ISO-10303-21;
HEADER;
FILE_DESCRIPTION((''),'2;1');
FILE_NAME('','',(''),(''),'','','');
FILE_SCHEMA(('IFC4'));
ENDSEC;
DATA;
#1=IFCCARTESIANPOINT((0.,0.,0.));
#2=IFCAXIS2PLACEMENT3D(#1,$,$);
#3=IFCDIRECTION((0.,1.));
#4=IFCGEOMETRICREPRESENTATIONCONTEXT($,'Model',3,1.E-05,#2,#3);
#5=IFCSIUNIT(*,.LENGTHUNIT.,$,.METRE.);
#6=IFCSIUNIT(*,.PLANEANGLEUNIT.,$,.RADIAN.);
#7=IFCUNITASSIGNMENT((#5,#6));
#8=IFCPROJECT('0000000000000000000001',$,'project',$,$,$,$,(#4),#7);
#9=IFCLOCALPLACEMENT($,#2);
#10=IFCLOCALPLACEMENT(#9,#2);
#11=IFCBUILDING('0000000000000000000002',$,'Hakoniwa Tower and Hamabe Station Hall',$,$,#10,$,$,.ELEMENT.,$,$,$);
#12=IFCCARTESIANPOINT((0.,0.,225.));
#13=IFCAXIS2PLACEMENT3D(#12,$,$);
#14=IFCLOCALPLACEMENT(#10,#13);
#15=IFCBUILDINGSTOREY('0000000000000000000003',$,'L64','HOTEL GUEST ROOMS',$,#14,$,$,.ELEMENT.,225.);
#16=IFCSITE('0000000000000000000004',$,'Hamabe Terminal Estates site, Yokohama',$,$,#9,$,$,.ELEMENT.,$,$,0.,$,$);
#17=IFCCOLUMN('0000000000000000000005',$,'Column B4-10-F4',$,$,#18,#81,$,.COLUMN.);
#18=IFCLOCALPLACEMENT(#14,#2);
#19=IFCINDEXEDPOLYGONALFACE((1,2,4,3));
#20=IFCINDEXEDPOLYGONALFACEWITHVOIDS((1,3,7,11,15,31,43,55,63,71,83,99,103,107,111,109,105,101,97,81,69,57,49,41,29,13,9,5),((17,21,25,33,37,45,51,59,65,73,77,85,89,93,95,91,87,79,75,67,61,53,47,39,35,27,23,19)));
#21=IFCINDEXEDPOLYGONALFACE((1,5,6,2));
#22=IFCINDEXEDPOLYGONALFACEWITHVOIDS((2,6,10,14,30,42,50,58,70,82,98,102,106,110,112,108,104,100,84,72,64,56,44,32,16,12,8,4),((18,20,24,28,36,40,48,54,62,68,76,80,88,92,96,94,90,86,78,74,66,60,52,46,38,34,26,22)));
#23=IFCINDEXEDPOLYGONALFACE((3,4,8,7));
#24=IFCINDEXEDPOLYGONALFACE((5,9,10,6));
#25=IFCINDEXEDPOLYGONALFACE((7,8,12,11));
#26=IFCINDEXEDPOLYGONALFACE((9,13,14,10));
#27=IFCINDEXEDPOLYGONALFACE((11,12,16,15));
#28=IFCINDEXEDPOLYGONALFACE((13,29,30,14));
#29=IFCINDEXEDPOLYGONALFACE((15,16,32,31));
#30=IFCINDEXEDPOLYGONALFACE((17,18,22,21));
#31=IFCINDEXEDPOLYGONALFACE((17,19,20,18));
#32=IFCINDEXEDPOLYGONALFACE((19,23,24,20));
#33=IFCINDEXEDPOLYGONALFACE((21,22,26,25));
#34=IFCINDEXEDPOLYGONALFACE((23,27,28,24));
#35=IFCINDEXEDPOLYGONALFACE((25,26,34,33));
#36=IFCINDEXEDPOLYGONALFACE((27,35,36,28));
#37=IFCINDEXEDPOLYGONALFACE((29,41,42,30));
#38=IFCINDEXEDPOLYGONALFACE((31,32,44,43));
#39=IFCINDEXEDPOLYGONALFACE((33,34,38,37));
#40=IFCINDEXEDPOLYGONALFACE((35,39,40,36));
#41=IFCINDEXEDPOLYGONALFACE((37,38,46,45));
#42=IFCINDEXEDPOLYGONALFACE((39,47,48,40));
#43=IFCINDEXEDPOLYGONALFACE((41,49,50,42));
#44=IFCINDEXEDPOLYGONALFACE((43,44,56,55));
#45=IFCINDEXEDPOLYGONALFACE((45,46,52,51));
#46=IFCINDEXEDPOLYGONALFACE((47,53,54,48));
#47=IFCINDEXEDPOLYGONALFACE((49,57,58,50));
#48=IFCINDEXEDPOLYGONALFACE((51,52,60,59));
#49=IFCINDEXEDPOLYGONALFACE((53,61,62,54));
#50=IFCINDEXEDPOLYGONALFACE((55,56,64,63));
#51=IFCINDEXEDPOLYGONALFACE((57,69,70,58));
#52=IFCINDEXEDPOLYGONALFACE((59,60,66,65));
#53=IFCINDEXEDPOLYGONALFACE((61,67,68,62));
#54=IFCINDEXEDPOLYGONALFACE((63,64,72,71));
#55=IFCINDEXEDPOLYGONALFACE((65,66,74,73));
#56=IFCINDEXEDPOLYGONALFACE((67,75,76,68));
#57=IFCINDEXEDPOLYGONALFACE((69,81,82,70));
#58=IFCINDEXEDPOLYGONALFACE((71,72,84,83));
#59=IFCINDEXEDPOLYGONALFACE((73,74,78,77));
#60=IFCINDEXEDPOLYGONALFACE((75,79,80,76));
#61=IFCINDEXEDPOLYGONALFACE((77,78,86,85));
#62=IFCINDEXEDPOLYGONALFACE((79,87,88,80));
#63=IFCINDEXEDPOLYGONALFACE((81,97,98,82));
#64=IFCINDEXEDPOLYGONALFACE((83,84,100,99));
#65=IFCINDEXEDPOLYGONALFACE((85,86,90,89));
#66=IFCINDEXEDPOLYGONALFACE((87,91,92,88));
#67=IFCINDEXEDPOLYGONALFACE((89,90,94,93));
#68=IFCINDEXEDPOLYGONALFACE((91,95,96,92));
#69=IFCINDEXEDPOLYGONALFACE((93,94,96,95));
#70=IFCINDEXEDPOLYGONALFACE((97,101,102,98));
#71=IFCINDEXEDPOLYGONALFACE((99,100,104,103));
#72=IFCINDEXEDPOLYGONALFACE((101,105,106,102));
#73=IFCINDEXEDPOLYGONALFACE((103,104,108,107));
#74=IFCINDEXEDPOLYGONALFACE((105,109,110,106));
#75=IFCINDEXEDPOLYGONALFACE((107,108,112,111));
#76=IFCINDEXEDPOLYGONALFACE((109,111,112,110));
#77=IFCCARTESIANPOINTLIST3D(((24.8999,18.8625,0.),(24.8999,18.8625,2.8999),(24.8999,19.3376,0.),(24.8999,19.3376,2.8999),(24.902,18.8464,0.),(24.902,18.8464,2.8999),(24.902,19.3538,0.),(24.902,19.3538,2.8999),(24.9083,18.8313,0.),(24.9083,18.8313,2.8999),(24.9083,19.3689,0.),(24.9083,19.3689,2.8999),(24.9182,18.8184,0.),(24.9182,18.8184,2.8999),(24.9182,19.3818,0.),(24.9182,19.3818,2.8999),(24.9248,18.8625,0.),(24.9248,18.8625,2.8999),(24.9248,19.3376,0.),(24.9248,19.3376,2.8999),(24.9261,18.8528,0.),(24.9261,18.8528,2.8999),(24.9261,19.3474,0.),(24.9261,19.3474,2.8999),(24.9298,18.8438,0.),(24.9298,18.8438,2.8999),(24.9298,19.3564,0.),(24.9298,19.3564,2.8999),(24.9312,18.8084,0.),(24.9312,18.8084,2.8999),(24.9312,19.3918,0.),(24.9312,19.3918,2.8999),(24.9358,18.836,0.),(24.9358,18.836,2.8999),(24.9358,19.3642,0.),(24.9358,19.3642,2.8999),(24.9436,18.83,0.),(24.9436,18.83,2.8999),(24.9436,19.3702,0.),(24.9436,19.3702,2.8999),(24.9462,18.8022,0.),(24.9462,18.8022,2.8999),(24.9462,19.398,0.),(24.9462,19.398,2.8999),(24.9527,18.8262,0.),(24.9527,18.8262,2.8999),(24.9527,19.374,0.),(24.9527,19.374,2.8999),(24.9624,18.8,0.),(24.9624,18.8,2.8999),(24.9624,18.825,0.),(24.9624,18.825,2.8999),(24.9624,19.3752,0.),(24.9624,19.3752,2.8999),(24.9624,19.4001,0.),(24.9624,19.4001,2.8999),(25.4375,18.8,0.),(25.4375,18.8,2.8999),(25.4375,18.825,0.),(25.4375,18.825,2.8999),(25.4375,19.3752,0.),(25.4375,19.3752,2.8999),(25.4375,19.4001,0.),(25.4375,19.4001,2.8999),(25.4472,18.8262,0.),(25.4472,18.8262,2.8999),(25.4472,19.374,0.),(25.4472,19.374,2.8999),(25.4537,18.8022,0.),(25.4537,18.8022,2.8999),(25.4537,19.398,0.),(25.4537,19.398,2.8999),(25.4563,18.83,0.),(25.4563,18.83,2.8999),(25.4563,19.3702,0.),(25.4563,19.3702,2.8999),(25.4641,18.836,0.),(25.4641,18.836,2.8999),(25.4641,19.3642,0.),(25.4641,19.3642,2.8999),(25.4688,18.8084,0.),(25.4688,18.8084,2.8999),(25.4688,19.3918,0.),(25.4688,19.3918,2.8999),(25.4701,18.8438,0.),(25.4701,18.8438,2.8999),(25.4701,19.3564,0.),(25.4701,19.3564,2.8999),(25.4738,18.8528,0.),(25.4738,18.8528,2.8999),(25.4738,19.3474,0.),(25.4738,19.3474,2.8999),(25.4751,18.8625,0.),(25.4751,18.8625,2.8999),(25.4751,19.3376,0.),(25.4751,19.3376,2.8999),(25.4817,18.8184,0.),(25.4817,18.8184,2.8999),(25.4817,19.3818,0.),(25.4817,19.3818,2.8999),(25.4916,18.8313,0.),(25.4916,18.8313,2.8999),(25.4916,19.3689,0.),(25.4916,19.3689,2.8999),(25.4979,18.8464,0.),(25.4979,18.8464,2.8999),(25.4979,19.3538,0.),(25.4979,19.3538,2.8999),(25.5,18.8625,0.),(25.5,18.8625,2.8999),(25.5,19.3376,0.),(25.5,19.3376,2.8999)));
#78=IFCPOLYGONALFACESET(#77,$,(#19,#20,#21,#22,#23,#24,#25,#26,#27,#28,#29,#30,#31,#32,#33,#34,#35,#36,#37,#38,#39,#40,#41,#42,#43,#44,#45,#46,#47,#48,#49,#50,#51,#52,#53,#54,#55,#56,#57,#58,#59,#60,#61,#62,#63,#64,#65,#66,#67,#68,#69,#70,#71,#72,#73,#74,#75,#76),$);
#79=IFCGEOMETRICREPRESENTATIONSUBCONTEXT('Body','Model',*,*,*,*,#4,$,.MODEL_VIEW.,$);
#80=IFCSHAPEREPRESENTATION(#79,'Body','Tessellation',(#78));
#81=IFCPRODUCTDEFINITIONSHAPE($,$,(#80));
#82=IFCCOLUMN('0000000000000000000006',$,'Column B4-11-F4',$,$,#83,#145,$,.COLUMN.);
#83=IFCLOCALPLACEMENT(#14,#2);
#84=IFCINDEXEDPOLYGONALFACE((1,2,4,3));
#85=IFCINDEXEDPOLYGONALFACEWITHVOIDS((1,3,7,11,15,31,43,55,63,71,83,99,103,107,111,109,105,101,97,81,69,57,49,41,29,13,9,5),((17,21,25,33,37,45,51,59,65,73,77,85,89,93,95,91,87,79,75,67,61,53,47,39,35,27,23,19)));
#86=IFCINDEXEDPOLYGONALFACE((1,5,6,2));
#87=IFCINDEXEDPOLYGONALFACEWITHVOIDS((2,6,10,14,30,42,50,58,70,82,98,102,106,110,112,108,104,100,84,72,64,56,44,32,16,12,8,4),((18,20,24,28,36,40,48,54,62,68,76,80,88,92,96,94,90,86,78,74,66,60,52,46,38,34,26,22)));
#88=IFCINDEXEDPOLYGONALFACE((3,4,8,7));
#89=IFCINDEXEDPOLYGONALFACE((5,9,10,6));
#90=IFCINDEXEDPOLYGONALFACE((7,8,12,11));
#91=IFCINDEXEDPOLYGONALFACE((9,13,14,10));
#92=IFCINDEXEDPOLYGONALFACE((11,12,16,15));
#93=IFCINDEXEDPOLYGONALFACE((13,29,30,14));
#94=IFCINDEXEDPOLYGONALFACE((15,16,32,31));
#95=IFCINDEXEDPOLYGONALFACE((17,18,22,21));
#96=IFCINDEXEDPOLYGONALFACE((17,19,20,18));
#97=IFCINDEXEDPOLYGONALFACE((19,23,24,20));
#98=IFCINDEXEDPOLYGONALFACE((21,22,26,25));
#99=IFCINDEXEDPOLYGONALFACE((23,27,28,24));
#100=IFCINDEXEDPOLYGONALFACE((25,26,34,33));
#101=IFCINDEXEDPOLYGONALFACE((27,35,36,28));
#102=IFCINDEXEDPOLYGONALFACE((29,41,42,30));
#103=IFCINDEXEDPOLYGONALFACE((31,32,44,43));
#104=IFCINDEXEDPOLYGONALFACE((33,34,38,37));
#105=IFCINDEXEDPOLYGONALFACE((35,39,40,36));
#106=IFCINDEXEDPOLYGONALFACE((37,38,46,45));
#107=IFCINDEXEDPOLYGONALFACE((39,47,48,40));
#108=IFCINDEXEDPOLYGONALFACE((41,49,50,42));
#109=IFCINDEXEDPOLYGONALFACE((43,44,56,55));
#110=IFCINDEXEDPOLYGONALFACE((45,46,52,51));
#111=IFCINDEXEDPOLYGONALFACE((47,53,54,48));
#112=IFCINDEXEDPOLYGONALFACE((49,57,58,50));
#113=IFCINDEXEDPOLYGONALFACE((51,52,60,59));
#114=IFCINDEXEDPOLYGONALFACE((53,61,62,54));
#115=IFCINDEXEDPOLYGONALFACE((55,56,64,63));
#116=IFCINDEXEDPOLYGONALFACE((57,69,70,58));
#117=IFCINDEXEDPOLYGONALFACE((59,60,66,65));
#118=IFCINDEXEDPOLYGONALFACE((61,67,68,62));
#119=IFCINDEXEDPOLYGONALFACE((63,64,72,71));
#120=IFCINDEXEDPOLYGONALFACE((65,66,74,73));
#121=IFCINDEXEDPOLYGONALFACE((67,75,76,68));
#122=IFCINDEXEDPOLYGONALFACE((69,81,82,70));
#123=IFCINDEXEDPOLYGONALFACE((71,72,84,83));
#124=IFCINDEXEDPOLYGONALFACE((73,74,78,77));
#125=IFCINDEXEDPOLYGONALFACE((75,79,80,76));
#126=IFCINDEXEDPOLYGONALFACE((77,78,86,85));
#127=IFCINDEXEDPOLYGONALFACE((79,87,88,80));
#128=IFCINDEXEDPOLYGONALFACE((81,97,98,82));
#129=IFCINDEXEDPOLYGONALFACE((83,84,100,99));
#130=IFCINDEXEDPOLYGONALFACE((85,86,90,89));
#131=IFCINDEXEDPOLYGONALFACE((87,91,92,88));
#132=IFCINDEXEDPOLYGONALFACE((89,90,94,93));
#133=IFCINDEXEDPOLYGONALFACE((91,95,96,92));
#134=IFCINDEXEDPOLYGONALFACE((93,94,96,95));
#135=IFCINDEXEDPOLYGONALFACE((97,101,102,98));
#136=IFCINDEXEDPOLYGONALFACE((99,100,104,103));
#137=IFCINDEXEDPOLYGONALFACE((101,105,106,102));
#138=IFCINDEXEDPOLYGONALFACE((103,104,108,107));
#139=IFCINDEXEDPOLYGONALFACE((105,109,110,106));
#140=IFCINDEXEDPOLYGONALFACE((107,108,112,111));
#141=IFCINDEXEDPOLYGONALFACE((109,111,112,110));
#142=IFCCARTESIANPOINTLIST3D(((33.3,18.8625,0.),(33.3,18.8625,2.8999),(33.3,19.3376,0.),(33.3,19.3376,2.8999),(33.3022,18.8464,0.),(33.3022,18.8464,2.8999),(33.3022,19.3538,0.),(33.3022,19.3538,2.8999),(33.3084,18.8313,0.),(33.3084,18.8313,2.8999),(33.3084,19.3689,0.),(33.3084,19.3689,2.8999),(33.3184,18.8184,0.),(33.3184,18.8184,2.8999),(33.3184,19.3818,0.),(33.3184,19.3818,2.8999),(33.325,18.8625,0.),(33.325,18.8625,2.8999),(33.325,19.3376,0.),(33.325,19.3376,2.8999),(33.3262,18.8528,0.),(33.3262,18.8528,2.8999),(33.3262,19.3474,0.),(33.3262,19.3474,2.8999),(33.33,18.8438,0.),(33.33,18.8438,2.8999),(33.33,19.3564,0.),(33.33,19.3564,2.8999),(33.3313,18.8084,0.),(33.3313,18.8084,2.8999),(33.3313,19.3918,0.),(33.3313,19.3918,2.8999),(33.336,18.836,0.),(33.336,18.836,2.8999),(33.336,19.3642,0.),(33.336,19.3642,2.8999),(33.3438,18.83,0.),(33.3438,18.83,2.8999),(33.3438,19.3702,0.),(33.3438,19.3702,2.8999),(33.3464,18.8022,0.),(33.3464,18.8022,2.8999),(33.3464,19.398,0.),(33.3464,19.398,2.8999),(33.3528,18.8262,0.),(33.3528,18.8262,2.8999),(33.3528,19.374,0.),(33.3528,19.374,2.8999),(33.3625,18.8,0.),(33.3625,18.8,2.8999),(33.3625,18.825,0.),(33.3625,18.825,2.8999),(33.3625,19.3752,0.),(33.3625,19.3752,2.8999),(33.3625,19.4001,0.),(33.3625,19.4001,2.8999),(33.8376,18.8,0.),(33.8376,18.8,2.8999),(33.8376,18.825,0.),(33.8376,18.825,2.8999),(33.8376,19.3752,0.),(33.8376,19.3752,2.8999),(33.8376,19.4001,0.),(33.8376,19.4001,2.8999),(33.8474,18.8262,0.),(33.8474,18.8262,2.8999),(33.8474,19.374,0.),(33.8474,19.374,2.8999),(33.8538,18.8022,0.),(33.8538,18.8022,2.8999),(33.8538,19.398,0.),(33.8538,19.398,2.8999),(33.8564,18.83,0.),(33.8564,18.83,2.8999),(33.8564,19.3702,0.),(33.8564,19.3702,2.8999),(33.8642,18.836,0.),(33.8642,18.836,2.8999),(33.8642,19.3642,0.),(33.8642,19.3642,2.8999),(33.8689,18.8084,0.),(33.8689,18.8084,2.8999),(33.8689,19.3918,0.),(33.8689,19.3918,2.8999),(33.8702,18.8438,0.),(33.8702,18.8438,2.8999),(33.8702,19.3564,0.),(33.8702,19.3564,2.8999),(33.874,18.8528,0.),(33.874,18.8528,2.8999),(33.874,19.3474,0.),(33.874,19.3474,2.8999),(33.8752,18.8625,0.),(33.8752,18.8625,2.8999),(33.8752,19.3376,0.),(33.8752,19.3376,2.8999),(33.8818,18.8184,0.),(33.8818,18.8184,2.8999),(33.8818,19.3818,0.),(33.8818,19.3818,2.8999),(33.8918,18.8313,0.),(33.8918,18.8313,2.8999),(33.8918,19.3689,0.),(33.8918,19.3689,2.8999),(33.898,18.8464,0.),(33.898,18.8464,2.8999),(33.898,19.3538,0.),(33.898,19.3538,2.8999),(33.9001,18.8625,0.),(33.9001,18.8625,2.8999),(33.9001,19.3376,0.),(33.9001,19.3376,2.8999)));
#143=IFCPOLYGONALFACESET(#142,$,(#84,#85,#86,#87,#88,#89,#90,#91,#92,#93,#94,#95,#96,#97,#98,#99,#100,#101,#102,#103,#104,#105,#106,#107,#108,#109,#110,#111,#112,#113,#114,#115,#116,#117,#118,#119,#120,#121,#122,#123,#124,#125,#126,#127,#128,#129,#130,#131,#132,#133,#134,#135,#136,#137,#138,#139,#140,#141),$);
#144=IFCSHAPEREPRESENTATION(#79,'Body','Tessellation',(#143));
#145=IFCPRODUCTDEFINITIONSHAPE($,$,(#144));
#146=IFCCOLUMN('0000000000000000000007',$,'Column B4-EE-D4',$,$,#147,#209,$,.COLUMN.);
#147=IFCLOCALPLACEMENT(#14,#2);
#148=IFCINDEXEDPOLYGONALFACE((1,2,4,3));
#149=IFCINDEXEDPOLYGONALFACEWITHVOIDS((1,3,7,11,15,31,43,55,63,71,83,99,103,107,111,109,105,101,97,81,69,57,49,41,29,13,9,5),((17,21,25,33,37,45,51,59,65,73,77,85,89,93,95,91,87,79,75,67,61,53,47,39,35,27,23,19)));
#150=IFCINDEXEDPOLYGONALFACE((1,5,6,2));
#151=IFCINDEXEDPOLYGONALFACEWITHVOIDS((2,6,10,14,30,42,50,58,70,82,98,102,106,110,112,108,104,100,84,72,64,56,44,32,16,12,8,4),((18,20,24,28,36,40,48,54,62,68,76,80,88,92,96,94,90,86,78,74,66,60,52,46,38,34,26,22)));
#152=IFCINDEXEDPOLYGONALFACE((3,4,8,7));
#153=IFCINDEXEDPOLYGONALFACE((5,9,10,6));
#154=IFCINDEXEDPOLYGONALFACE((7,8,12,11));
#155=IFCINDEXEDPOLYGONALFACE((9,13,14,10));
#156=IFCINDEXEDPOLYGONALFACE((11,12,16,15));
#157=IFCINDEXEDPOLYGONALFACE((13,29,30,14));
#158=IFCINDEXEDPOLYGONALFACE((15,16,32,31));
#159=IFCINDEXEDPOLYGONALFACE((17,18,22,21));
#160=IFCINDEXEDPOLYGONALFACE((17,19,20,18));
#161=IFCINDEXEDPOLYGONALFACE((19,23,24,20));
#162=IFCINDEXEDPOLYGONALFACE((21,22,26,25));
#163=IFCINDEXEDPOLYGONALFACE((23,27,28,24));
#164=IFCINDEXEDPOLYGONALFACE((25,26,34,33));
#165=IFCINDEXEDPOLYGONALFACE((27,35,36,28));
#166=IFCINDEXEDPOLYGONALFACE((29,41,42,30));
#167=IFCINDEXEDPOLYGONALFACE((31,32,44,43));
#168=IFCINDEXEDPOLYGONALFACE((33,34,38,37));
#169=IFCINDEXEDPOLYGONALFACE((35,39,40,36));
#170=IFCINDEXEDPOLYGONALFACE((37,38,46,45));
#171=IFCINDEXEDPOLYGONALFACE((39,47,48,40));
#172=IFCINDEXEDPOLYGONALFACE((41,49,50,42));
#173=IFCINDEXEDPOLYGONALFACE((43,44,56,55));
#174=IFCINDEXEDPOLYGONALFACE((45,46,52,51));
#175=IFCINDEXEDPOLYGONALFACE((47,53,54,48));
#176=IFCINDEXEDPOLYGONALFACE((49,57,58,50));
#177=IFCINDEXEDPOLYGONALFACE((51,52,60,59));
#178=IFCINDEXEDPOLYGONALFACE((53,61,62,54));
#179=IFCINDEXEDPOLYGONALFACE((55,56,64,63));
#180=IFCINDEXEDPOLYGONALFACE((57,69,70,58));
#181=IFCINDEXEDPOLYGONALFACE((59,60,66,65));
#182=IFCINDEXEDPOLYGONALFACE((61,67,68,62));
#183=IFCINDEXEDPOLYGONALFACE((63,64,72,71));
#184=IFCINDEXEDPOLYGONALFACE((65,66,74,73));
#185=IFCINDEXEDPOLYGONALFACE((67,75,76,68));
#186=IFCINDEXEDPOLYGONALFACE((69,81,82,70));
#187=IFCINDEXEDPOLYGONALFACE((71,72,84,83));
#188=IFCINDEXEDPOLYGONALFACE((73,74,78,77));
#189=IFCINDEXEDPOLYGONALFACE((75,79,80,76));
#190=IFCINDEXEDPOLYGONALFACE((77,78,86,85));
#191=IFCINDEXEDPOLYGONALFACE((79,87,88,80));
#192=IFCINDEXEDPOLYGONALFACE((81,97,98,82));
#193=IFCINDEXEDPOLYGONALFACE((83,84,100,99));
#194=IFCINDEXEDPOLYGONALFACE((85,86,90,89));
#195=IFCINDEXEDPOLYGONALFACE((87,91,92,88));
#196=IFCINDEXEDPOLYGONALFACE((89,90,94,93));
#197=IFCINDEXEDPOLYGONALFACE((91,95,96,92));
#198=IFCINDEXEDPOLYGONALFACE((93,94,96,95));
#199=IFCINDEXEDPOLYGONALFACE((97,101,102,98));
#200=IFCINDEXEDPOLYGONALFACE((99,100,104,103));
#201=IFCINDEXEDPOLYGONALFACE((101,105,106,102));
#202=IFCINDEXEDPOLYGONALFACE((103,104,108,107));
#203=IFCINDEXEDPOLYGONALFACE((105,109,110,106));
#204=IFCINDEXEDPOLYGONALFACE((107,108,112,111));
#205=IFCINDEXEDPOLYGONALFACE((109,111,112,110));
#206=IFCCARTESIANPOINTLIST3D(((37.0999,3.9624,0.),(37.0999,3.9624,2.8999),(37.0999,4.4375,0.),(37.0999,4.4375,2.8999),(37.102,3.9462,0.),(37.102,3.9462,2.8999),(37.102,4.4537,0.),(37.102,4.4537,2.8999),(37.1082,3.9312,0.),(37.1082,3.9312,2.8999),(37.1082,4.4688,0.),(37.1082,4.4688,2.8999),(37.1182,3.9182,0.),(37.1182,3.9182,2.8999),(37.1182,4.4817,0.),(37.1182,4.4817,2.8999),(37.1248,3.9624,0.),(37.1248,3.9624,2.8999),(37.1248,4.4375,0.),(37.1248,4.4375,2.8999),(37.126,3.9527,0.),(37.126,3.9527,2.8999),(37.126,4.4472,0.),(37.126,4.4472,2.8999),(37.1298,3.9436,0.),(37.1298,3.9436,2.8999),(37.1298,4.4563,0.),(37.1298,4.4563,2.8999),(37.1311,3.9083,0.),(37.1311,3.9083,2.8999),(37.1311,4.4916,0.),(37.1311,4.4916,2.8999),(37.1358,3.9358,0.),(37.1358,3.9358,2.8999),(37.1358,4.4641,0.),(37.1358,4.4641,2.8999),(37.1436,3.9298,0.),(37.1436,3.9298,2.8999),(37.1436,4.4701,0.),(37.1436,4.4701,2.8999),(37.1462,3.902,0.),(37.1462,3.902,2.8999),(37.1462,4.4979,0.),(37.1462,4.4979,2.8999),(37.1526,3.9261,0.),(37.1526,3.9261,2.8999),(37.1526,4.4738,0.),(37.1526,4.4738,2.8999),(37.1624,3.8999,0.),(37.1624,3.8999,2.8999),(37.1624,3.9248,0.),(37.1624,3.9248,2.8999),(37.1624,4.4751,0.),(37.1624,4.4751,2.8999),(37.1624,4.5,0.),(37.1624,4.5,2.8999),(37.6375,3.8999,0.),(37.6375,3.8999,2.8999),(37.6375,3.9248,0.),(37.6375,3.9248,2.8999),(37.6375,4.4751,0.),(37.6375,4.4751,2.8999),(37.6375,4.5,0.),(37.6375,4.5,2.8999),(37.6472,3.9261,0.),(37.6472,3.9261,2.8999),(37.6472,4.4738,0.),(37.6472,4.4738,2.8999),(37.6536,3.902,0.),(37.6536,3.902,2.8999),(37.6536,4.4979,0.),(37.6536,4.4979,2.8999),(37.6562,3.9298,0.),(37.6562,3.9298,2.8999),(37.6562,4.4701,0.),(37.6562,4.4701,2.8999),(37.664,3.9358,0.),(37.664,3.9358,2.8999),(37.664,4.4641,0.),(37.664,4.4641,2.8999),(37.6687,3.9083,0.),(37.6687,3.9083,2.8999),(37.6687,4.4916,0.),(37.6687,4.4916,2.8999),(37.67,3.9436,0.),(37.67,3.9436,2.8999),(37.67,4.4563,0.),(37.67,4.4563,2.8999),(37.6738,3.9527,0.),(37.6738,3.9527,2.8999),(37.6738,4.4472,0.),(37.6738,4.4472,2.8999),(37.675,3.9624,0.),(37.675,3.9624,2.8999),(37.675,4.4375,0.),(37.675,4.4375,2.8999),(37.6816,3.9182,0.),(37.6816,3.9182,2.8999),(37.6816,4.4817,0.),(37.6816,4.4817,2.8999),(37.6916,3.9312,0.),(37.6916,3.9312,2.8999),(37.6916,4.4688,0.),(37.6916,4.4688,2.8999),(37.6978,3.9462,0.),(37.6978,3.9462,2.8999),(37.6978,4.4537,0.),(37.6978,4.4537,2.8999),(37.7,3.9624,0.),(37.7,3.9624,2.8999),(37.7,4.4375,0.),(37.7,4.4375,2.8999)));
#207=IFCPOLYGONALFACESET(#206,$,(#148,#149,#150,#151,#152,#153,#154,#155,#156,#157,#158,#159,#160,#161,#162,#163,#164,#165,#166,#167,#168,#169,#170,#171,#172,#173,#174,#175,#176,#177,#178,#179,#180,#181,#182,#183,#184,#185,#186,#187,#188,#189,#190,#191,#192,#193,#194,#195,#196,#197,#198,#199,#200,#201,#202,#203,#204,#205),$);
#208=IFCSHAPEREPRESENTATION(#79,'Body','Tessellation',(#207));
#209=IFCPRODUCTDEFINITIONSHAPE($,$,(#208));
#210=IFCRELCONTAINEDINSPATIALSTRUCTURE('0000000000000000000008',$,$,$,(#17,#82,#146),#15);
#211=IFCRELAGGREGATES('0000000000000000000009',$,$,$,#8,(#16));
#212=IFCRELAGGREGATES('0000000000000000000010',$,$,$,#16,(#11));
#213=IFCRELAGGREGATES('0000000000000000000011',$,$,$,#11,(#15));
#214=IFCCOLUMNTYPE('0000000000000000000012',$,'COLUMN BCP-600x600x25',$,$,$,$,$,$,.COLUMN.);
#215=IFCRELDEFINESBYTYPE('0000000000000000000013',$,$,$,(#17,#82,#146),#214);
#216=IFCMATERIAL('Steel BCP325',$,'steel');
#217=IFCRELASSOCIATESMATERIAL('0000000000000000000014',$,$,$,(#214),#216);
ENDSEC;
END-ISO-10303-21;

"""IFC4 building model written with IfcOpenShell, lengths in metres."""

from ifc_helpers import new_model, si_unit, direction, frame, origin, origin_2d, place, context, subcontext, project, spatial, hollow_rectangle, extrude, material, material_profile, profile_set, type_object, element, save


model = new_model("IFC4")

# Units and contexts
model_context = context("Model", 3, precision=1e-05, world=origin(), true_north=direction((0.0, 1.0)))
body_context = subcontext(model_context, "Body", "Model", "MODEL_VIEW")
ifc_project = project(units=[si_unit("LENGTHUNIT", "METRE"), si_unit("PLANEANGLEUNIT", "RADIAN")], contexts=[model_context])

# Site, building, storey
site_placement = place(None, origin())
site = spatial("IfcSite", under=ifc_project, at=site_placement, Name="Hamabe Terminal Estates site, Yokohama", CompositionType="ELEMENT", RefElevation=0.0)
building_placement = place(site_placement, origin())
building = spatial("IfcBuilding", under=site, at=building_placement, Name="Hakoniwa Tower and Hamabe Station Hall", CompositionType="ELEMENT")
storey_placement = place(building_placement, frame((0.0, 0.0, 225.0)))
storey = spatial("IfcBuildingStorey", under=building, at=storey_placement, Name="L64", Description="HOTEL GUEST ROOMS", CompositionType="ELEMENT", Elevation=225.0)

# Columns
ifc_material_1 = material(Name="Steel BCP325", Category="steel")
ifc_material_profile_1 = material_profile(ifc_material_1, hollow_rectangle(XDim=0.6001, YDim=0.6001, WallThickness=0.0249, InnerFilletRadius=0.0376, OuterFilletRadius=0.0625, at=origin_2d()), Name="BCP-600x600x25")
ifc_profile_set_1 = profile_set([ifc_material_profile_1], Name="Steel BCP325")
column_type = type_object("IfcColumnType", Name="COLUMN BCP-600x600x25", PredefinedType="COLUMN", material=ifc_profile_set_1)
for number, where, z_axis, x_axis, name in (
    (1, (25.2, 19.1001, 0.0), (0.0, 0.0, 1.0), (1.0, 0.0, 0.0), "Column B4-10-F4"),
    (2, (33.6001, 19.1001, 0.0), (0.0, 0.0, 1.0), (1.0, 0.0, 0.0), "Column B4-11-F4"),
    (3, (37.3999, 4.2, 0.0), (0.0, 0.0, 1.0), (1.0, 0.0, 0.0), "Column B4-EE-D4"),
):
    element("IfcColumn", number, at=place(storey_placement, frame(where, z_axis=z_axis, x_axis=x_axis)), inside=storey, type_object=column_type, Name=name, PredefinedType="COLUMN", context=body_context, shape_type="SweptSolid", body=[
        extrude(hollow_rectangle(XDim=0.6001, YDim=0.6001, WallThickness=0.0249, InnerFilletRadius=0.0376, OuterFilletRadius=0.0625, at=origin_2d()), origin(), (0.0, 0.0, 1.0), 2.8999),
    ])

save(model, "model.ifc")
